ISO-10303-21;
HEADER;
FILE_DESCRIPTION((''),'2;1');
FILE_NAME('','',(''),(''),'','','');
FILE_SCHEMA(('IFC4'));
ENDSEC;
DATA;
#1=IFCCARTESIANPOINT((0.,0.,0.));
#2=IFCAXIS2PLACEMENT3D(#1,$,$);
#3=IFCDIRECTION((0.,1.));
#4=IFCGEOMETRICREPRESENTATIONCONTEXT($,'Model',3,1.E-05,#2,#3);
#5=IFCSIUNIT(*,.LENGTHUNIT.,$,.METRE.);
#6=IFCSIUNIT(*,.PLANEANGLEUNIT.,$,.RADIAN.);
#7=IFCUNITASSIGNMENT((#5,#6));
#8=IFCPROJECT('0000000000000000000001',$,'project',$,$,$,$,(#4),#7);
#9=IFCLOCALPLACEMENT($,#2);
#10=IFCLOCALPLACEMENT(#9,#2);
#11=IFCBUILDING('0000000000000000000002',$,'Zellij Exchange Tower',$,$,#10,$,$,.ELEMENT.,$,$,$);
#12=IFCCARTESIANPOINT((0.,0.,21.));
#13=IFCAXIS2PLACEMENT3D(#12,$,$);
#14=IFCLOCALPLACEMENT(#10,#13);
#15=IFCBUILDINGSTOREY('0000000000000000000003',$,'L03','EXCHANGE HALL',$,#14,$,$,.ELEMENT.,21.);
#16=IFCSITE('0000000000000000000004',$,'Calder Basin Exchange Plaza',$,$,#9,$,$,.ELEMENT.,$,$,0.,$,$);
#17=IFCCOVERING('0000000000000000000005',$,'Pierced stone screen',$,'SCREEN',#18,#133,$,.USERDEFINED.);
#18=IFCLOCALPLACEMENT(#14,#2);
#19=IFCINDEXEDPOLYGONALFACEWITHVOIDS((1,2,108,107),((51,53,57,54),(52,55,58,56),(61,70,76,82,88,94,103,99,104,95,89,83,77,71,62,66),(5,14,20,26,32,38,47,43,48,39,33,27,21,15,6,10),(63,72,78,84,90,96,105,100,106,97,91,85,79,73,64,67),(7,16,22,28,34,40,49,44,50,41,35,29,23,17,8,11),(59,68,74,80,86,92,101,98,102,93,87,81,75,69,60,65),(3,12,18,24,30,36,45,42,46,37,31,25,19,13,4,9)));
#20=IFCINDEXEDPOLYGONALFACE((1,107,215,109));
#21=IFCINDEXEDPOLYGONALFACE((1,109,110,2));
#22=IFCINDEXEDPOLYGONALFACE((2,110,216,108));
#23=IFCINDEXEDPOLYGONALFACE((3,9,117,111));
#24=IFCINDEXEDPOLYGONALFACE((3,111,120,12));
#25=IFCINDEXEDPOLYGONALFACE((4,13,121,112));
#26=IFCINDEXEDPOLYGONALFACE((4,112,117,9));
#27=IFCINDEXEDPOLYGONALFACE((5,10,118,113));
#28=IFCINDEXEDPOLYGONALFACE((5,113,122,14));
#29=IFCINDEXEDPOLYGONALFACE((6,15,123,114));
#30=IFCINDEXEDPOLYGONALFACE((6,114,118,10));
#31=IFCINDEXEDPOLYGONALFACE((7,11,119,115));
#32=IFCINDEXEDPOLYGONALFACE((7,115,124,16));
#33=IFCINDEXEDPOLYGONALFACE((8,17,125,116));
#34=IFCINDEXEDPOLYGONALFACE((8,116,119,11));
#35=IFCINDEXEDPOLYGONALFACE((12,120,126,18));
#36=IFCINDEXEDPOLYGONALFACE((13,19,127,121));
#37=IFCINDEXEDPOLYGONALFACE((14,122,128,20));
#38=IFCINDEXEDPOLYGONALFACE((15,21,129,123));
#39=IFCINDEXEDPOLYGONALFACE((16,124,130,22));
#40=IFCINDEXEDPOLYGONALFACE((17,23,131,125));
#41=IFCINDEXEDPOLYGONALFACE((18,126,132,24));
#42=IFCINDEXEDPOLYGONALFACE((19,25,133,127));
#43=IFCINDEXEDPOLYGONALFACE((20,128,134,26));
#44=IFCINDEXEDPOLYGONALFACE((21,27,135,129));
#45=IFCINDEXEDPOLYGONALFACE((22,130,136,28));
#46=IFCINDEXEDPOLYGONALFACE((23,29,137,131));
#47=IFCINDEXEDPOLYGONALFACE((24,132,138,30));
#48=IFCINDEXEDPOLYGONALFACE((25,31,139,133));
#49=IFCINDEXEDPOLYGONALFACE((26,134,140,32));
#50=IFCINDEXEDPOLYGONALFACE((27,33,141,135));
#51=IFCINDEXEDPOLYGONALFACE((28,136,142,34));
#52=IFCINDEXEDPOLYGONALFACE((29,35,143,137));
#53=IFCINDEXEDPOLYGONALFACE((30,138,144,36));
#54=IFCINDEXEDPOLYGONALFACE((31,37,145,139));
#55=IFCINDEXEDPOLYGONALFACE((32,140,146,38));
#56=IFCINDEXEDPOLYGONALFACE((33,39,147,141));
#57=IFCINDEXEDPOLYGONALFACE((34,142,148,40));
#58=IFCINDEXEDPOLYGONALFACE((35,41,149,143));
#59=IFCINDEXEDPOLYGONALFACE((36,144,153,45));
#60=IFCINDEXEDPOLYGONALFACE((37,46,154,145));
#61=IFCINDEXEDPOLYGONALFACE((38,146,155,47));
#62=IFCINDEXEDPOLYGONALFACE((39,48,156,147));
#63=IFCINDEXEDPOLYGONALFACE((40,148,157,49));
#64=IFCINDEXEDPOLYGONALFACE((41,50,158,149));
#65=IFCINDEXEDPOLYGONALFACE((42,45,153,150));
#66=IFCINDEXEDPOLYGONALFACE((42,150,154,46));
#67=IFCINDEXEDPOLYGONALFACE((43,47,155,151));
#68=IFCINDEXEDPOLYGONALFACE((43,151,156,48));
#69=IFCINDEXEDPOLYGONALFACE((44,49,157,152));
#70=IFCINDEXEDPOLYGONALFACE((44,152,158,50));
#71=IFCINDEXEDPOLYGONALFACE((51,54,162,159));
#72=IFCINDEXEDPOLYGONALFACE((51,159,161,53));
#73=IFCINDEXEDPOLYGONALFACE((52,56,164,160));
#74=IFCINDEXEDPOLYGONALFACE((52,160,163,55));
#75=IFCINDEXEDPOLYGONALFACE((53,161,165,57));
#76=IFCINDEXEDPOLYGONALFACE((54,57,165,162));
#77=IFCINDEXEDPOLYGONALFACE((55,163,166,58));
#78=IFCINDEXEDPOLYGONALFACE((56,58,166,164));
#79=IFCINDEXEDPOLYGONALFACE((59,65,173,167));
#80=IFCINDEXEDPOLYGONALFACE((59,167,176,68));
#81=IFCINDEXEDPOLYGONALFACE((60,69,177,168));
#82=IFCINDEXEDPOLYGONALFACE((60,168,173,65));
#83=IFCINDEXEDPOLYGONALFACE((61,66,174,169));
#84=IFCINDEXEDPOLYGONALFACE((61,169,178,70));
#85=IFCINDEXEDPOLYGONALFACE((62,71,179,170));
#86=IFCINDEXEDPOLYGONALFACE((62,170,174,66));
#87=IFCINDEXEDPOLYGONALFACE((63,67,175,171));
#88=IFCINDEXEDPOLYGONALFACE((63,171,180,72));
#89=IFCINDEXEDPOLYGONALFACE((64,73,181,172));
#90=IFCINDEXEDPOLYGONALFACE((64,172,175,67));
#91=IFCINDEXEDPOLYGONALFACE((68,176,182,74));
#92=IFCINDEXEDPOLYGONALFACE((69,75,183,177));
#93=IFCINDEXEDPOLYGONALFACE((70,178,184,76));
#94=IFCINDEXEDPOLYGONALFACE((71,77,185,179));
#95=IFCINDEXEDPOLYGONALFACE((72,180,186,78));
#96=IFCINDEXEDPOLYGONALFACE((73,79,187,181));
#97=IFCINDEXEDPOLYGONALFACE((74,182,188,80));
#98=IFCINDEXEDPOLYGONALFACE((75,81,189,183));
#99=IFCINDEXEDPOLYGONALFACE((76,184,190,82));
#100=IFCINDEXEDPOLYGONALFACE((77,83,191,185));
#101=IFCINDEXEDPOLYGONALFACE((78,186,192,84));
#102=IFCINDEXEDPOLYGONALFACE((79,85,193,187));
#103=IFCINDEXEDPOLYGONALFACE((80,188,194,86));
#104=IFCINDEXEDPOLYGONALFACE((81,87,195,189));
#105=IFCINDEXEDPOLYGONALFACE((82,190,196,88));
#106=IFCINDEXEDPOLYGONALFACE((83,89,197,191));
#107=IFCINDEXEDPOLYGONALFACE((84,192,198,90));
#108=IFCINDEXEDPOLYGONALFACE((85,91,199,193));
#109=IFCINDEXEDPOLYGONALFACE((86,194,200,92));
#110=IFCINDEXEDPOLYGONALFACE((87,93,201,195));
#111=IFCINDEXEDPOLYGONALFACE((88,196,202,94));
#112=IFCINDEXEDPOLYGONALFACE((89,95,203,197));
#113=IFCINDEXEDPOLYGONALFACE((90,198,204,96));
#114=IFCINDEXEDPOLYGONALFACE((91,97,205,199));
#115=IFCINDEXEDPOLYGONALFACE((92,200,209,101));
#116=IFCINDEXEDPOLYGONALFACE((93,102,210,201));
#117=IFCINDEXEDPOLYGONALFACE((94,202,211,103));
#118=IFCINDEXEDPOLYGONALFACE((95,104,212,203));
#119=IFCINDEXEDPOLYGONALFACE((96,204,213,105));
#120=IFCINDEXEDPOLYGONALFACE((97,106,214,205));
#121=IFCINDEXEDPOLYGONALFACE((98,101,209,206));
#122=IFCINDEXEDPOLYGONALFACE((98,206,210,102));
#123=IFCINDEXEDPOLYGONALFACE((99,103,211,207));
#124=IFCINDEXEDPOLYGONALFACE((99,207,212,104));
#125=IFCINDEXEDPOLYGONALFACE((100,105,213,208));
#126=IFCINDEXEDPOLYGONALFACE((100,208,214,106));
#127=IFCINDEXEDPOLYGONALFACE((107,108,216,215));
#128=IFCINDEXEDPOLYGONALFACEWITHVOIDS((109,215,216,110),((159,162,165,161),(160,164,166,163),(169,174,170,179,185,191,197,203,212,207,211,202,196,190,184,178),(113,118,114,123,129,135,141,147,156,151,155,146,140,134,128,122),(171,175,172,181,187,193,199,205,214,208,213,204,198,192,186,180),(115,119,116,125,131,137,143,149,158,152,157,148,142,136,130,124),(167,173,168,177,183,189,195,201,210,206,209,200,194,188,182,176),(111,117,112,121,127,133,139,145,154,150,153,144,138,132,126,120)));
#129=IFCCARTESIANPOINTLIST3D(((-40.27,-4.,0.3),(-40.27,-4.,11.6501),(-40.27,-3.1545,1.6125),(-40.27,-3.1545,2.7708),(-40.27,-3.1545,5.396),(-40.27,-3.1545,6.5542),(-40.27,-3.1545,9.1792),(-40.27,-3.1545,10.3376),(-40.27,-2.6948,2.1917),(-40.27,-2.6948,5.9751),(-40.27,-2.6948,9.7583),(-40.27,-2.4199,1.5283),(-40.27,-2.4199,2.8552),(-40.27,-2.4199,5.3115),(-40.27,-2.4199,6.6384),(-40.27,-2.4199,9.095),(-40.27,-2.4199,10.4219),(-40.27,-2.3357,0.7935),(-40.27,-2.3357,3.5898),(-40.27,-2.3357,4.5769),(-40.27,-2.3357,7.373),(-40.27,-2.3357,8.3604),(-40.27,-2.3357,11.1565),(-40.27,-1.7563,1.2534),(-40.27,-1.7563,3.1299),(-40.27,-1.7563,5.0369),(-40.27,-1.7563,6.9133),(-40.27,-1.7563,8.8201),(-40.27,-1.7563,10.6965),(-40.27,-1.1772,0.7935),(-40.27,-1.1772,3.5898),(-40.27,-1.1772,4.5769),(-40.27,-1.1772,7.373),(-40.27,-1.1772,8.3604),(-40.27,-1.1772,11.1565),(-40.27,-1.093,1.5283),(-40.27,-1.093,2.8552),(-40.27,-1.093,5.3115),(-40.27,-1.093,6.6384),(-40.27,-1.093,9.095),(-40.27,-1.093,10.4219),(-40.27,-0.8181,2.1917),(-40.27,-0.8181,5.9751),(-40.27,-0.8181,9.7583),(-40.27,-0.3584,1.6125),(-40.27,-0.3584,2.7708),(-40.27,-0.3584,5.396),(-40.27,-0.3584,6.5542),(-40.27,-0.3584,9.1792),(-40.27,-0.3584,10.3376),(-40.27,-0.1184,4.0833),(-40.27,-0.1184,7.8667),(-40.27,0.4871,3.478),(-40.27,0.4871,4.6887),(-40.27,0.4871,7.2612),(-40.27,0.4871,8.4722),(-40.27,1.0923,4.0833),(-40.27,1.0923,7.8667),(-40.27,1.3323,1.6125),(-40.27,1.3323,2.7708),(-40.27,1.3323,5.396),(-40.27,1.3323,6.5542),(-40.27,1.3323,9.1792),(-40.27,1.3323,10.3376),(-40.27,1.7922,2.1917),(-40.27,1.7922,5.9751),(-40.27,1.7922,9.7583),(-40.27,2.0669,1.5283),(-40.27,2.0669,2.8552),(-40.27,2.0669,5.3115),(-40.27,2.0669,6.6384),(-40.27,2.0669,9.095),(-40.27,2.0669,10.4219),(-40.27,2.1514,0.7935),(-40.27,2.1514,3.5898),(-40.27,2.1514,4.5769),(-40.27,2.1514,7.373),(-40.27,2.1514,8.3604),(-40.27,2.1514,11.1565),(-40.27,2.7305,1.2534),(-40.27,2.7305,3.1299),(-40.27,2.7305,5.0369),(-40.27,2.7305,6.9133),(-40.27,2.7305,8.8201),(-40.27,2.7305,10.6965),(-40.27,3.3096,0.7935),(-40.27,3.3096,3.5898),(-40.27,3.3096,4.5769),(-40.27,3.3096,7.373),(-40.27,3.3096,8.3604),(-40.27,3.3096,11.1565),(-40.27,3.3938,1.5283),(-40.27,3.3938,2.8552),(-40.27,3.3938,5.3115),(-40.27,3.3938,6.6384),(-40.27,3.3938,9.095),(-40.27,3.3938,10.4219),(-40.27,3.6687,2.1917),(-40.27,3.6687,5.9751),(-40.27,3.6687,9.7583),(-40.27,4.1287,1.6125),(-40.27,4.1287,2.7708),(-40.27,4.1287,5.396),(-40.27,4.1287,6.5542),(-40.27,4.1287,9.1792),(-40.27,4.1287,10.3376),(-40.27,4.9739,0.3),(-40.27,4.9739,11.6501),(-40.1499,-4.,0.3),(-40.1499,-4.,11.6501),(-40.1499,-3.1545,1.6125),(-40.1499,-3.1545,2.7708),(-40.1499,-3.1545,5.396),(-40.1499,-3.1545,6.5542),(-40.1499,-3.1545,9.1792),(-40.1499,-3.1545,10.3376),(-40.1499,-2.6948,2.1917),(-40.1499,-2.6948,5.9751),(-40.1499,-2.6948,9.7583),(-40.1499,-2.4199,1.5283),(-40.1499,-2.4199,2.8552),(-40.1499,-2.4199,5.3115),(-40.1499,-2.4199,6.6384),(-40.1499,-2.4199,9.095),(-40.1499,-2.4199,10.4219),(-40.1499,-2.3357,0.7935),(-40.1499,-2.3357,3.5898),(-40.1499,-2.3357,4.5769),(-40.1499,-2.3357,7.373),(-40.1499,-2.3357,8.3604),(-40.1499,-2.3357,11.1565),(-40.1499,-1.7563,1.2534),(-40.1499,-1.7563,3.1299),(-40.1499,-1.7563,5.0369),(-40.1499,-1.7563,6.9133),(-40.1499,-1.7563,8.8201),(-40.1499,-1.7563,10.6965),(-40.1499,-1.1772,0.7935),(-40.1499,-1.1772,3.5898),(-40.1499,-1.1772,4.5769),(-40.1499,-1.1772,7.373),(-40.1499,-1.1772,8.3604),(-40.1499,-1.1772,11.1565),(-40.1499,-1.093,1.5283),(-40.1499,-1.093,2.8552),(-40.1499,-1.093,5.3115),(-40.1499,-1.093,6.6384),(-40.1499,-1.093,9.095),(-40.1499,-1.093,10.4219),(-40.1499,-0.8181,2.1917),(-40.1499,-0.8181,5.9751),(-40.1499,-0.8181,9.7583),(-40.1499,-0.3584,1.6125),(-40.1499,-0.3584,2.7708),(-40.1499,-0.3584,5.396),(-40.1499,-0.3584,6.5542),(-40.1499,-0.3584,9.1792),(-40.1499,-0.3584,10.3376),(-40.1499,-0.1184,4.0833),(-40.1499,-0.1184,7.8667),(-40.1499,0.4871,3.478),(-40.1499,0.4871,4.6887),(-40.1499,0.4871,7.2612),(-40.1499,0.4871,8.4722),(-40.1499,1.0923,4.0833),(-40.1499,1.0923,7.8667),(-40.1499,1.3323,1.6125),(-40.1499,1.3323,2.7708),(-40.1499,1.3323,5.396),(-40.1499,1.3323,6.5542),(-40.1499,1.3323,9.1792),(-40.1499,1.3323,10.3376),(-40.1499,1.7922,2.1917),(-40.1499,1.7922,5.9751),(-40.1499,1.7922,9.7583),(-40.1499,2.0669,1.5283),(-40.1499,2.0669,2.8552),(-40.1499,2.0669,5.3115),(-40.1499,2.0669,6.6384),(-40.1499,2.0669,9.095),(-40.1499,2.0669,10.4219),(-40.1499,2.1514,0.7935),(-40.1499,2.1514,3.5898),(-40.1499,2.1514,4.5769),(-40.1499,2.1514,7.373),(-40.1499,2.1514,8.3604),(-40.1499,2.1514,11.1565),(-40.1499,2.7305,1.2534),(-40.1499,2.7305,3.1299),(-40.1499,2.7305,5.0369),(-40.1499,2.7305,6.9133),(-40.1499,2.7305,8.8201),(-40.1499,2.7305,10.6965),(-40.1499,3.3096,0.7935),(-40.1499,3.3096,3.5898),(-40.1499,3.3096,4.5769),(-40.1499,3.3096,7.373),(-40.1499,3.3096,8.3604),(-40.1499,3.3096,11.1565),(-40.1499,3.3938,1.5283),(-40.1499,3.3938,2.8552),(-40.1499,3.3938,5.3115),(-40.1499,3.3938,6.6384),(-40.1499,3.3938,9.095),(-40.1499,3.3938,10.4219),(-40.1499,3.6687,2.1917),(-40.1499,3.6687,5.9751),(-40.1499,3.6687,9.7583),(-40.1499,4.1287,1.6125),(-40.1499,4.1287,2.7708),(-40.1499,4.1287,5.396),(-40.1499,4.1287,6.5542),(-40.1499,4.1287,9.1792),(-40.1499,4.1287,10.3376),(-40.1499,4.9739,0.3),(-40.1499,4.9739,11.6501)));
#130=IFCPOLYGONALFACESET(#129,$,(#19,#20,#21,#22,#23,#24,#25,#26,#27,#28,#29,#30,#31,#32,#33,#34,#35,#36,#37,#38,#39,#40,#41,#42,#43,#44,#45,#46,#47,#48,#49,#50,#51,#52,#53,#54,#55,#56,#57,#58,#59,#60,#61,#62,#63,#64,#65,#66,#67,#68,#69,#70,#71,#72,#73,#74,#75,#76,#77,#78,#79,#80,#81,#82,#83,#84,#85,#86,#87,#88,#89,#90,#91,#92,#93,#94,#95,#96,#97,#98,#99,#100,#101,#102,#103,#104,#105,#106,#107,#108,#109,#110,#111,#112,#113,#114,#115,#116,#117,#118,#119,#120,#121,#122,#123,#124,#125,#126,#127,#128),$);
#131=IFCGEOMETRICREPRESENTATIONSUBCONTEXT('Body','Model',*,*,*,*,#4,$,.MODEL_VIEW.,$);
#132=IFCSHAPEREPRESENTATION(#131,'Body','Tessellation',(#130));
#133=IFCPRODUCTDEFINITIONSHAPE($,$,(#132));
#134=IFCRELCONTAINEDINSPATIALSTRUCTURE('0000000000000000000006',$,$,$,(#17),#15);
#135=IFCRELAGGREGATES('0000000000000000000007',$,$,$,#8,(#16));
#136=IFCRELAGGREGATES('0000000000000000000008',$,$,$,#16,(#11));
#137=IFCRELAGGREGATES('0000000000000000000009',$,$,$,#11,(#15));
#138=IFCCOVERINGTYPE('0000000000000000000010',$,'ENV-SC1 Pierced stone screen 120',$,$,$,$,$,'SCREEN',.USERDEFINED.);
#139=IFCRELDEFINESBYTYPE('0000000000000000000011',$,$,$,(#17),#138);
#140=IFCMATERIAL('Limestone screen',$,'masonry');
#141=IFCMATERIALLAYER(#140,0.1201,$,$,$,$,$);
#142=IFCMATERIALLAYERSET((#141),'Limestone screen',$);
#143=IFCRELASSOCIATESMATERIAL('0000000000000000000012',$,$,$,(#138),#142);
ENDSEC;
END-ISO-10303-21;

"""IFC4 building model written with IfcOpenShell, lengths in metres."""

from ifc_helpers import new_model, si_unit, direction, frame, origin, place, context, subcontext, project, spatial, polyline, outline, extrude, material, layer, layer_set, type_object, element, save


model = new_model("IFC4")

# Units and contexts
model_context = context("Model", 3, precision=1e-05, world=origin(), true_north=direction((0.0, 1.0)))
body_context = subcontext(model_context, "Body", "Model", "MODEL_VIEW")
ifc_project = project(units=[si_unit("LENGTHUNIT", "METRE"), si_unit("PLANEANGLEUNIT", "RADIAN")], contexts=[model_context])

# Site, building, storey
site_placement = place(None, origin())
site = spatial("IfcSite", under=ifc_project, at=site_placement, Name="Calder Basin Exchange Plaza", CompositionType="ELEMENT", RefElevation=0.0)
building_placement = place(site_placement, origin())
building = spatial("IfcBuilding", under=site, at=building_placement, Name="Zellij Exchange Tower", CompositionType="ELEMENT")
storey_placement = place(building_placement, frame((0.0, 0.0, 21.0)))
storey = spatial("IfcBuildingStorey", under=building, at=storey_placement, Name="L03", Description="EXCHANGE HALL", CompositionType="ELEMENT", Elevation=21.0)

# Covering
ifc_material_1 = material(Name="Limestone screen", Category="masonry")
ifc_layer_1 = layer(ifc_material_1, 0.1201)
ifc_layer_set_1 = layer_set([ifc_layer_1], Name="Limestone screen")
covering_type = type_object("IfcCoveringType", Name="ENV-SC1 Pierced stone screen 120", ElementType="SCREEN", PredefinedType="USERDEFINED", material=ifc_layer_set_1)
covering_1_placement = place(storey_placement, frame((-40.21, 4.9739, 0.3), z_axis=(0.0, 0.0, 1.0), x_axis=(0.0, -1.0, 0.0)))
element("IfcCovering", 1, at=covering_1_placement, inside=storey, type_object=covering_type, Name="Pierced stone screen", ObjectType="SCREEN", PredefinedType="USERDEFINED", context=body_context, shape_type="SweptSolid", body=[
    extrude(outline(polyline([(0.0, 0.0), (8.9739, 0.0), (8.9739, 11.3501), (0.0, 11.3501), (0.0, 0.0)]), holes=[polyline([(3.6416, 2.4707), (2.907, 2.5552), (2.8225, 3.2898), (2.2434, 2.8298), (1.6643, 3.2898), (1.5801, 2.5552), (0.8452, 2.4707), (1.3052, 1.8916), (0.8452, 1.3125), (1.5801, 1.2283), (1.6643, 0.4934), (2.2434, 0.9534), (2.8225, 0.4934), (2.907, 1.2283), (3.6416, 1.3125), (3.1816, 1.8916), (3.6416, 2.4707)]), polyline([(3.6416, 6.2542), (2.907, 6.3384), (2.8225, 7.073), (2.2434, 6.6133), (1.6643, 7.073), (1.5801, 6.3384), (0.8452, 6.2542), (1.3052, 5.675), (0.8452, 5.0959), (1.5801, 5.0115), (1.6643, 4.2769), (2.2434, 4.7368), (2.8225, 4.2769), (2.907, 5.0115), (3.6416, 5.0959), (3.1816, 5.675), (3.6416, 6.2542)]), polyline([(3.6416, 10.0376), (2.907, 10.1218), (2.8225, 10.8564), (2.2434, 10.3965), (1.6643, 10.8564), (1.5801, 10.1218), (0.8452, 10.0376), (1.3052, 9.4583), (0.8452, 8.8792), (1.5801, 8.7949), (1.6643, 8.0603), (2.2434, 8.52), (2.8225, 8.0603), (2.907, 8.7949), (3.6416, 8.8792), (3.1816, 9.4583), (3.6416, 10.0376)]), polyline([(8.1284, 2.4707), (7.3938, 2.5552), (7.3096, 3.2898), (6.7302, 2.8298), (6.1511, 3.2898), (6.0669, 2.5552), (5.3323, 2.4707), (5.792, 1.8916), (5.3323, 1.3125), (6.0669, 1.2283), (6.1511, 0.4934), (6.7302, 0.9534), (7.3096, 0.4934), (7.3938, 1.2283), (8.1284, 1.3125), (7.6687, 1.8916), (8.1284, 2.4707)]), polyline([(8.1284, 6.2542), (7.3938, 6.3384), (7.3096, 7.073), (6.7302, 6.6133), (6.1511, 7.073), (6.0669, 6.3384), (5.3323, 6.2542), (5.792, 5.675), (5.3323, 5.0959), (6.0669, 5.0115), (6.1511, 4.2769), (6.7302, 4.7368), (7.3096, 4.2769), (7.3938, 5.0115), (8.1284, 5.0959), (7.6687, 5.675), (8.1284, 6.2542)]), polyline([(8.1284, 10.0376), (7.3938, 10.1218), (7.3096, 10.8564), (6.7302, 10.3965), (6.1511, 10.8564), (6.0669, 10.1218), (5.3323, 10.0376), (5.792, 9.4583), (5.3323, 8.8792), (6.0669, 8.7949), (6.1511, 8.0603), (6.7302, 8.52), (7.3096, 8.0603), (7.3938, 8.7949), (8.1284, 8.8792), (7.6687, 9.4583), (8.1284, 10.0376)]), polyline([(5.0923, 3.7832), (4.4868, 4.3887), (3.8816, 3.7832), (4.4868, 3.178), (5.0923, 3.7832)]), polyline([(5.0923, 7.5667), (4.4868, 8.1721), (3.8816, 7.5667), (4.4868, 6.9612), (5.0923, 7.5667)])]), frame((0.0, 0.0601, 0.0), z_axis=(0.0, -1.0, 0.0), x_axis=(1.0, 0.0, 0.0)), (0.0, 0.0, 1.0), 0.1201),
])

save(model, "model.ifc")
